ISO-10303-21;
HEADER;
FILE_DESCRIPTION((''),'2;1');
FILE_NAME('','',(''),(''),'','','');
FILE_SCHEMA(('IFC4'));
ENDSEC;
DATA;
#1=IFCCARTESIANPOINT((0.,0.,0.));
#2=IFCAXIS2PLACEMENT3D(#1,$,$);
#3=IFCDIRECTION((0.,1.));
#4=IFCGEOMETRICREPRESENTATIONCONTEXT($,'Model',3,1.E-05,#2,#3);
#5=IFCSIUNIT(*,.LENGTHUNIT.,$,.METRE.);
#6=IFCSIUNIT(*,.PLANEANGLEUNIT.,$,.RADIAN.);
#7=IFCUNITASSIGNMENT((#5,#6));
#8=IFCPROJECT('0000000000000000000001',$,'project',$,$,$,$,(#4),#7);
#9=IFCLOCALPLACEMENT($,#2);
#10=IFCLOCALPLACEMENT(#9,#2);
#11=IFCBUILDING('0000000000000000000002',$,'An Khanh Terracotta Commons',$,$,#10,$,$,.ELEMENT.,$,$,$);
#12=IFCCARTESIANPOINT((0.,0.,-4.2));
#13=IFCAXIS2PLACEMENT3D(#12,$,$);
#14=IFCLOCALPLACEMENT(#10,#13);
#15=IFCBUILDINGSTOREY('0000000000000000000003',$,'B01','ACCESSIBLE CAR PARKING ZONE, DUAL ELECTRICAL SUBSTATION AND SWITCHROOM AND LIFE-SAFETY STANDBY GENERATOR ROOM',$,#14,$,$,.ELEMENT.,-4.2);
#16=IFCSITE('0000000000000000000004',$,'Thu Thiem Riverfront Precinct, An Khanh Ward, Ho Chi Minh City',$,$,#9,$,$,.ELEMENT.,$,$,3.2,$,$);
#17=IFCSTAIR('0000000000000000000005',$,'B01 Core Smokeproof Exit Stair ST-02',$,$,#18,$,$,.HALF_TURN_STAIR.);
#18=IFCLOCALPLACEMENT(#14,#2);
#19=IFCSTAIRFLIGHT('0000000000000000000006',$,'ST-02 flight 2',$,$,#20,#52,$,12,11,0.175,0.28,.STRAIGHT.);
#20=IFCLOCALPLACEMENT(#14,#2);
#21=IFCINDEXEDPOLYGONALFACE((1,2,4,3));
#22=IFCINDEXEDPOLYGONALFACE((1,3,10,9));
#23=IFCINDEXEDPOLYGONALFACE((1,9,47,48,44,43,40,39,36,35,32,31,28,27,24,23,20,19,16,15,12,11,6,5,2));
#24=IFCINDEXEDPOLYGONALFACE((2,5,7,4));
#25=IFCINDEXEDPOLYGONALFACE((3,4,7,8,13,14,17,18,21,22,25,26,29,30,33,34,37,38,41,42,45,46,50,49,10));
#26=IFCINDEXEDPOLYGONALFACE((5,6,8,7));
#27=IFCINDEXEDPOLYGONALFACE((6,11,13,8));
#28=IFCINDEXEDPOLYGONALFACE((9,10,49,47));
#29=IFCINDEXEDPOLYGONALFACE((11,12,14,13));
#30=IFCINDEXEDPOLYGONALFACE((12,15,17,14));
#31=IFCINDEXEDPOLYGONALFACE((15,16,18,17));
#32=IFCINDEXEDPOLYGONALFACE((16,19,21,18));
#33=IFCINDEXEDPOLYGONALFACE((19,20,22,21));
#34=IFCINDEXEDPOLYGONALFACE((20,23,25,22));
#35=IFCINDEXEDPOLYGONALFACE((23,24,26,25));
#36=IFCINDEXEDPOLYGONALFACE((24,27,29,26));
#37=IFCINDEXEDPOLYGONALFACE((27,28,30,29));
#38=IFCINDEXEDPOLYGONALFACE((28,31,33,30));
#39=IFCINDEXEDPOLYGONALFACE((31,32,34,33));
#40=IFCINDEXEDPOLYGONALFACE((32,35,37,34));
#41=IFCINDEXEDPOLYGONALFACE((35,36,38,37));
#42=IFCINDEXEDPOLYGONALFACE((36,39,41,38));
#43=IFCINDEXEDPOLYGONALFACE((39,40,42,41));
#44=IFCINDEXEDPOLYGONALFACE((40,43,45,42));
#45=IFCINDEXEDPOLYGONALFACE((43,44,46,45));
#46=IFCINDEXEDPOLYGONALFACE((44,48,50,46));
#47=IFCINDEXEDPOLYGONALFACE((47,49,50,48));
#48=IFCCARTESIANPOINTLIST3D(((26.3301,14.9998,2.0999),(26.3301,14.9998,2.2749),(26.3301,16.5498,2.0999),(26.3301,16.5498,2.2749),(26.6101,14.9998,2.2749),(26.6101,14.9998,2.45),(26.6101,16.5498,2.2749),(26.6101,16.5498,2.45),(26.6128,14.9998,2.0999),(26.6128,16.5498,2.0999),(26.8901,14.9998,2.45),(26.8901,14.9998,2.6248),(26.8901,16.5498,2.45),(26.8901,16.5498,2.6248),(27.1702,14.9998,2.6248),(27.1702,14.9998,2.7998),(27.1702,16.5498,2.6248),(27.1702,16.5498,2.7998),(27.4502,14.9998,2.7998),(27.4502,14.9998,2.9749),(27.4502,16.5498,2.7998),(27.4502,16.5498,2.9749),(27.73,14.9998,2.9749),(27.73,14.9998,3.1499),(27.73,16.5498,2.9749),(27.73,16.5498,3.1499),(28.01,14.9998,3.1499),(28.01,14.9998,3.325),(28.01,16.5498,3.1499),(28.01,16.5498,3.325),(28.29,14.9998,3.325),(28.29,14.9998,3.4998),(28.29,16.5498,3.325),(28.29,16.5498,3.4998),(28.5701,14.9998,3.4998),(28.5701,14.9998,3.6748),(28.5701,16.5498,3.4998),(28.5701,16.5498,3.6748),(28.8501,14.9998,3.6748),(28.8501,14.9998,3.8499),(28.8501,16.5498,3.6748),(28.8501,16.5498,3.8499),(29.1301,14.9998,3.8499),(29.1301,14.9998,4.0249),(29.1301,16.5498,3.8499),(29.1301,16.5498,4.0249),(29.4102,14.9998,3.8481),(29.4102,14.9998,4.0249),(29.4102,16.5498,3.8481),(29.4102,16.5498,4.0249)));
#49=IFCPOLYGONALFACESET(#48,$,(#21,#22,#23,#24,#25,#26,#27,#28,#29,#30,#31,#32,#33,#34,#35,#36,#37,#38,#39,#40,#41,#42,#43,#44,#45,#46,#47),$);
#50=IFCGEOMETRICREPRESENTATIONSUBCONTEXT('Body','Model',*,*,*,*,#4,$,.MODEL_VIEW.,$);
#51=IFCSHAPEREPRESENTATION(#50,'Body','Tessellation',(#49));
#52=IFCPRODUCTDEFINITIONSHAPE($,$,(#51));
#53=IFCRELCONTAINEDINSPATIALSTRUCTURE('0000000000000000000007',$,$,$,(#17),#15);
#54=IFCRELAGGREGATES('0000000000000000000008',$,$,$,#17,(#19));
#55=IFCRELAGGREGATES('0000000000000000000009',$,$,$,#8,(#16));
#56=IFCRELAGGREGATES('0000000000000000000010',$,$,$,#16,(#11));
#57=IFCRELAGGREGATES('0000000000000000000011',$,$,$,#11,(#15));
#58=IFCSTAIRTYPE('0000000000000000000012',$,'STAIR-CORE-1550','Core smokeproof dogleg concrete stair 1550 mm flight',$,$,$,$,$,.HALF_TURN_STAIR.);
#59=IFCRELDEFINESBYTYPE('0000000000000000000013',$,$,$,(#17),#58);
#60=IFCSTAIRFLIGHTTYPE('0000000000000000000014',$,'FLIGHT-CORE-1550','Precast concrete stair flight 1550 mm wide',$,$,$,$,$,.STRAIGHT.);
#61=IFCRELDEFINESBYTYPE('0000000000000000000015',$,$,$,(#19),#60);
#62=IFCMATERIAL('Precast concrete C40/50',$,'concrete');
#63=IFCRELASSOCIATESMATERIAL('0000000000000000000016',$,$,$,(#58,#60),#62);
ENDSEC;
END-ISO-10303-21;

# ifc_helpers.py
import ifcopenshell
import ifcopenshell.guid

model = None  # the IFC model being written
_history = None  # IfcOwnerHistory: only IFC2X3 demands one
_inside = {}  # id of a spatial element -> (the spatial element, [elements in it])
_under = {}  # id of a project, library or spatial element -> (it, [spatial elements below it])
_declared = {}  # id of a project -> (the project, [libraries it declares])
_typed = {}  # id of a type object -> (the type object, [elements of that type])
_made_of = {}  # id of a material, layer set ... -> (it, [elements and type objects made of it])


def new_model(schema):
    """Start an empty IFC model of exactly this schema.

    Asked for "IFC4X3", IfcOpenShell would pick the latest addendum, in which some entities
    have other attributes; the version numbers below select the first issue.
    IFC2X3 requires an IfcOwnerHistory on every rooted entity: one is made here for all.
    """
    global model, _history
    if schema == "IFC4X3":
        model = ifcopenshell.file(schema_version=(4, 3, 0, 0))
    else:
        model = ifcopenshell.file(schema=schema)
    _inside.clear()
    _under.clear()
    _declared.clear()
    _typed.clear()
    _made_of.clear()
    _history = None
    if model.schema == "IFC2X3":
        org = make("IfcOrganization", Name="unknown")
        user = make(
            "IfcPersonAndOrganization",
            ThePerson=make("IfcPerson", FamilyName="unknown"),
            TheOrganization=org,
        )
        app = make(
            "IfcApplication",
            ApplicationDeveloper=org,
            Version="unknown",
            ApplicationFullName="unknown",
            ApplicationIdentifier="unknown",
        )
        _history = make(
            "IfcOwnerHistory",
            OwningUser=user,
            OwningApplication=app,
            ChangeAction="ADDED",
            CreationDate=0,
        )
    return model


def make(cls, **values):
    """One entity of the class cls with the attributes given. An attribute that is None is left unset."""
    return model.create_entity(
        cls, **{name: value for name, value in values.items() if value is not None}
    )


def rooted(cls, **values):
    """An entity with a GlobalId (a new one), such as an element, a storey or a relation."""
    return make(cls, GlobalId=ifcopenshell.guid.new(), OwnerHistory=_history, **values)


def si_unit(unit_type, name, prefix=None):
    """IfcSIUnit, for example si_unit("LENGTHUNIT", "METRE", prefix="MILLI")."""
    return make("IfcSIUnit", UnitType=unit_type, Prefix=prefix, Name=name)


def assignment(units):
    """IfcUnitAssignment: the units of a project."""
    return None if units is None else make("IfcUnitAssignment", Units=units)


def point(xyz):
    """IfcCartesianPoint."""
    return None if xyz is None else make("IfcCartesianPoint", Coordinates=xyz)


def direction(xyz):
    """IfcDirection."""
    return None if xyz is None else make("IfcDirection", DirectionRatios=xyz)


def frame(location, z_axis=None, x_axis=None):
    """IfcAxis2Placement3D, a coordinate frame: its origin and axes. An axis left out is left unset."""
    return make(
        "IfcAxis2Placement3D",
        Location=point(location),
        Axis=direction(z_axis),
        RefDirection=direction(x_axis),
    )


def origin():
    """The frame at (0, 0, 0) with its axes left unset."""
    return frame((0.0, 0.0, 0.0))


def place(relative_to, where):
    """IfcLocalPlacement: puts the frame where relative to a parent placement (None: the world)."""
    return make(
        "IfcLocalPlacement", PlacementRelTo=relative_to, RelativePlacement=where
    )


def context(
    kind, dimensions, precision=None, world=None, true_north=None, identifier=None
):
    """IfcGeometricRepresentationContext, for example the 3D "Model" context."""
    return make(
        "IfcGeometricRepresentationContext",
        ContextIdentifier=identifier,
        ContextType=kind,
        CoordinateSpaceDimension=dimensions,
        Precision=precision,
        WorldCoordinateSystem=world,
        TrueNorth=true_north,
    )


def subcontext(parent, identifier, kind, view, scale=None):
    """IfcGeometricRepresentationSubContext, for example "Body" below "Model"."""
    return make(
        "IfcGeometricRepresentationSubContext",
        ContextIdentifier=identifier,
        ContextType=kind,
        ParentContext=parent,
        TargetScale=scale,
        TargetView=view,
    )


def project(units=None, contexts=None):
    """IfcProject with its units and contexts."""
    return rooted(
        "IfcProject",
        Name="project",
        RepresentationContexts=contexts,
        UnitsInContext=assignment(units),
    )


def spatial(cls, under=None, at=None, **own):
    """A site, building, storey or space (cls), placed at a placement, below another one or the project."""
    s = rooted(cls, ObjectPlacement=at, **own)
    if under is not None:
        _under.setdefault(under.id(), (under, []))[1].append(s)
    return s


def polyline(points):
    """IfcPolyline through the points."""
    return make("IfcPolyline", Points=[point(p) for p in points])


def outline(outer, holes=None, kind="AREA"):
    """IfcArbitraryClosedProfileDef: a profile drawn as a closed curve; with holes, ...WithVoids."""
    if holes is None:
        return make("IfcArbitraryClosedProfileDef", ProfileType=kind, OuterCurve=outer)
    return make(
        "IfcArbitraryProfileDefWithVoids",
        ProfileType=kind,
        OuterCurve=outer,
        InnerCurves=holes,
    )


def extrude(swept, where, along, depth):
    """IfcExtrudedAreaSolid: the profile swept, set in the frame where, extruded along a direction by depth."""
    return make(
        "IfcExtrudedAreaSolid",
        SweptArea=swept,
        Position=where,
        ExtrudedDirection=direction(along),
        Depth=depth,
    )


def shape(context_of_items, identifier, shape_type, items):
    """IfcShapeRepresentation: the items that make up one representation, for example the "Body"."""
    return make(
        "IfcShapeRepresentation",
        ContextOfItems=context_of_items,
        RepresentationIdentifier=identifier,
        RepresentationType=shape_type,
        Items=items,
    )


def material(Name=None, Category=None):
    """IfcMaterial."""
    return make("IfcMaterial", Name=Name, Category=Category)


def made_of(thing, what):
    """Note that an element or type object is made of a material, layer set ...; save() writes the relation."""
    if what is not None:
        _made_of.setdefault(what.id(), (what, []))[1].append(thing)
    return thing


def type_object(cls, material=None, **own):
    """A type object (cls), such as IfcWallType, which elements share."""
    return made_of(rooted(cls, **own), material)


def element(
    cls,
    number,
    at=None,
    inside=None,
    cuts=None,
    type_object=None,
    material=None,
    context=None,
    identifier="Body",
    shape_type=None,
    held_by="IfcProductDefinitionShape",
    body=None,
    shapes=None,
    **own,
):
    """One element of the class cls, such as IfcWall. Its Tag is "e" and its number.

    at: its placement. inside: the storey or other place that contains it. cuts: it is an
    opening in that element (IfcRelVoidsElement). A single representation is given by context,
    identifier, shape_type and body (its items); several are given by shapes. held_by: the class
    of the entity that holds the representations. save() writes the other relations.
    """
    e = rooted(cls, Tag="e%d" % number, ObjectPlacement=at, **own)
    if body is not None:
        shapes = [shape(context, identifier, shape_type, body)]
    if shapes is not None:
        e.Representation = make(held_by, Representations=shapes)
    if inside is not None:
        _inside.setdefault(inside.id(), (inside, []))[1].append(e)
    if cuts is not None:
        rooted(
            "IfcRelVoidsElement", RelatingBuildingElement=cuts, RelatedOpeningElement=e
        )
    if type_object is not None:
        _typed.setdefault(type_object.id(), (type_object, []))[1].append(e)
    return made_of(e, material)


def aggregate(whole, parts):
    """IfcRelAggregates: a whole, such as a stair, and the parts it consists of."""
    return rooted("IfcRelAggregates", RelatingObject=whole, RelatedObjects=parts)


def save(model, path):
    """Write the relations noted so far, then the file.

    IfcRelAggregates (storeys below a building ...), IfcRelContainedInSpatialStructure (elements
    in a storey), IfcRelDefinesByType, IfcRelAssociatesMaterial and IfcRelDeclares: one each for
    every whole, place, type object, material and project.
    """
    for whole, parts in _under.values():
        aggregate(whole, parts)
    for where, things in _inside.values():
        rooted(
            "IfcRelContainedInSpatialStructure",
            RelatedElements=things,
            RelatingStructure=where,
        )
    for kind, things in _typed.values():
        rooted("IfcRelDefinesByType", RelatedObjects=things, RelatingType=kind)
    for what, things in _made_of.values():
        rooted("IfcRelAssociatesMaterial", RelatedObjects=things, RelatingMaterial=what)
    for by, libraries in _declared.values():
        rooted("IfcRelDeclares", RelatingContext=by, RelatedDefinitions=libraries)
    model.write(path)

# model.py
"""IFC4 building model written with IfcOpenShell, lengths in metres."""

from ifc_helpers import new_model, si_unit, direction, frame, origin, place, context, subcontext, project, spatial, polyline, outline, extrude, material, type_object, element, aggregate, save


model = new_model("IFC4")

# Units and contexts
model_context = context("Model", 3, precision=1e-05, world=origin(), true_north=direction((0.0, 1.0)))
body_context = subcontext(model_context, "Body", "Model", "MODEL_VIEW")
ifc_project = project(units=[si_unit("LENGTHUNIT", "METRE"), si_unit("PLANEANGLEUNIT", "RADIAN")], contexts=[model_context])

# Site, building, storey
site_placement = place(None, origin())
site = spatial("IfcSite", under=ifc_project, at=site_placement, Name="Thu Thiem Riverfront Precinct, An Khanh Ward, Ho Chi Minh City", CompositionType="ELEMENT", RefElevation=3.2)
building_placement = place(site_placement, origin())
building = spatial("IfcBuilding", under=site, at=building_placement, Name="An Khanh Terracotta Commons", CompositionType="ELEMENT")
storey_placement = place(building_placement, frame((0.0, 0.0, -4.2)))
storey = spatial("IfcBuildingStorey", under=building, at=storey_placement, Name="B01", Description="ACCESSIBLE CAR PARKING ZONE, DUAL ELECTRICAL SUBSTATION AND SWITCHROOM AND LIFE-SAFETY STANDBY GENERATOR ROOM", CompositionType="ELEMENT", Elevation=-4.2)

# Stair, stair flight
ifc_material_1 = material(Name="Precast concrete C40/50", Category="concrete")
stair_type = type_object("IfcStairType", Name="STAIR-CORE-1550", Description="Core smokeproof dogleg concrete stair 1550 mm flight", PredefinedType="HALF_TURN_STAIR", material=ifc_material_1)
stair_placement = place(storey_placement, origin())
stair = element("IfcStair", 1, at=stair_placement, inside=storey, type_object=stair_type, Name="B01 Core Smokeproof Exit Stair ST-02", PredefinedType="HALF_TURN_STAIR")
stair_flight_type = type_object("IfcStairFlightType", Name="FLIGHT-CORE-1550", Description="Precast concrete stair flight 1550 mm wide", PredefinedType="STRAIGHT", material=ifc_material_1)
stair_flight_1_placement = place(storey_placement, frame((26.3301, 15.7749, 2.0999), z_axis=(0.0, 0.0, 1.0), x_axis=(1.0, 0.0, 0.0)))
stair_flight_1 = element("IfcStairFlight", 2, at=stair_flight_1_placement, type_object=stair_flight_type, Name="ST-02 flight 2", NumberOfRisers=12, NumberOfTreads=11, PredefinedType="STRAIGHT", RiserHeight=0.175, TreadLength=0.28, context=body_context, shape_type="SweptSolid", body=[
    extrude(outline(polyline([(0.0, 0.0), (0.0, 0.175), (0.28, 0.175), (0.28, 0.3501), (0.5601, 0.3501), (0.5601, 0.5249), (0.8401, 0.5249), (0.8401, 0.7), (1.1201, 0.7), (1.1201, 0.875), (1.3999, 0.875), (1.3999, 1.05), (1.6799, 1.05), (1.6799, 1.2251), (1.96, 1.2251), (1.96, 1.3999), (2.24, 1.3999), (2.24, 1.575), (2.52, 1.575), (2.52, 1.75), (2.8, 1.75), (2.8, 1.925), (3.0801, 1.925), (3.0801, 2.1001), (3.0801, 1.7483), (0.2827, 0.0), (0.0, 0.0)])), frame((0.0, 0.7749, 0.0), z_axis=(0.0, -1.0, 0.0), x_axis=(1.0, 0.0, 0.0)), (0.0, 0.0, 1.0), 1.55),
])
aggregate(stair, [stair_flight_1])

save(model, "model.ifc")
